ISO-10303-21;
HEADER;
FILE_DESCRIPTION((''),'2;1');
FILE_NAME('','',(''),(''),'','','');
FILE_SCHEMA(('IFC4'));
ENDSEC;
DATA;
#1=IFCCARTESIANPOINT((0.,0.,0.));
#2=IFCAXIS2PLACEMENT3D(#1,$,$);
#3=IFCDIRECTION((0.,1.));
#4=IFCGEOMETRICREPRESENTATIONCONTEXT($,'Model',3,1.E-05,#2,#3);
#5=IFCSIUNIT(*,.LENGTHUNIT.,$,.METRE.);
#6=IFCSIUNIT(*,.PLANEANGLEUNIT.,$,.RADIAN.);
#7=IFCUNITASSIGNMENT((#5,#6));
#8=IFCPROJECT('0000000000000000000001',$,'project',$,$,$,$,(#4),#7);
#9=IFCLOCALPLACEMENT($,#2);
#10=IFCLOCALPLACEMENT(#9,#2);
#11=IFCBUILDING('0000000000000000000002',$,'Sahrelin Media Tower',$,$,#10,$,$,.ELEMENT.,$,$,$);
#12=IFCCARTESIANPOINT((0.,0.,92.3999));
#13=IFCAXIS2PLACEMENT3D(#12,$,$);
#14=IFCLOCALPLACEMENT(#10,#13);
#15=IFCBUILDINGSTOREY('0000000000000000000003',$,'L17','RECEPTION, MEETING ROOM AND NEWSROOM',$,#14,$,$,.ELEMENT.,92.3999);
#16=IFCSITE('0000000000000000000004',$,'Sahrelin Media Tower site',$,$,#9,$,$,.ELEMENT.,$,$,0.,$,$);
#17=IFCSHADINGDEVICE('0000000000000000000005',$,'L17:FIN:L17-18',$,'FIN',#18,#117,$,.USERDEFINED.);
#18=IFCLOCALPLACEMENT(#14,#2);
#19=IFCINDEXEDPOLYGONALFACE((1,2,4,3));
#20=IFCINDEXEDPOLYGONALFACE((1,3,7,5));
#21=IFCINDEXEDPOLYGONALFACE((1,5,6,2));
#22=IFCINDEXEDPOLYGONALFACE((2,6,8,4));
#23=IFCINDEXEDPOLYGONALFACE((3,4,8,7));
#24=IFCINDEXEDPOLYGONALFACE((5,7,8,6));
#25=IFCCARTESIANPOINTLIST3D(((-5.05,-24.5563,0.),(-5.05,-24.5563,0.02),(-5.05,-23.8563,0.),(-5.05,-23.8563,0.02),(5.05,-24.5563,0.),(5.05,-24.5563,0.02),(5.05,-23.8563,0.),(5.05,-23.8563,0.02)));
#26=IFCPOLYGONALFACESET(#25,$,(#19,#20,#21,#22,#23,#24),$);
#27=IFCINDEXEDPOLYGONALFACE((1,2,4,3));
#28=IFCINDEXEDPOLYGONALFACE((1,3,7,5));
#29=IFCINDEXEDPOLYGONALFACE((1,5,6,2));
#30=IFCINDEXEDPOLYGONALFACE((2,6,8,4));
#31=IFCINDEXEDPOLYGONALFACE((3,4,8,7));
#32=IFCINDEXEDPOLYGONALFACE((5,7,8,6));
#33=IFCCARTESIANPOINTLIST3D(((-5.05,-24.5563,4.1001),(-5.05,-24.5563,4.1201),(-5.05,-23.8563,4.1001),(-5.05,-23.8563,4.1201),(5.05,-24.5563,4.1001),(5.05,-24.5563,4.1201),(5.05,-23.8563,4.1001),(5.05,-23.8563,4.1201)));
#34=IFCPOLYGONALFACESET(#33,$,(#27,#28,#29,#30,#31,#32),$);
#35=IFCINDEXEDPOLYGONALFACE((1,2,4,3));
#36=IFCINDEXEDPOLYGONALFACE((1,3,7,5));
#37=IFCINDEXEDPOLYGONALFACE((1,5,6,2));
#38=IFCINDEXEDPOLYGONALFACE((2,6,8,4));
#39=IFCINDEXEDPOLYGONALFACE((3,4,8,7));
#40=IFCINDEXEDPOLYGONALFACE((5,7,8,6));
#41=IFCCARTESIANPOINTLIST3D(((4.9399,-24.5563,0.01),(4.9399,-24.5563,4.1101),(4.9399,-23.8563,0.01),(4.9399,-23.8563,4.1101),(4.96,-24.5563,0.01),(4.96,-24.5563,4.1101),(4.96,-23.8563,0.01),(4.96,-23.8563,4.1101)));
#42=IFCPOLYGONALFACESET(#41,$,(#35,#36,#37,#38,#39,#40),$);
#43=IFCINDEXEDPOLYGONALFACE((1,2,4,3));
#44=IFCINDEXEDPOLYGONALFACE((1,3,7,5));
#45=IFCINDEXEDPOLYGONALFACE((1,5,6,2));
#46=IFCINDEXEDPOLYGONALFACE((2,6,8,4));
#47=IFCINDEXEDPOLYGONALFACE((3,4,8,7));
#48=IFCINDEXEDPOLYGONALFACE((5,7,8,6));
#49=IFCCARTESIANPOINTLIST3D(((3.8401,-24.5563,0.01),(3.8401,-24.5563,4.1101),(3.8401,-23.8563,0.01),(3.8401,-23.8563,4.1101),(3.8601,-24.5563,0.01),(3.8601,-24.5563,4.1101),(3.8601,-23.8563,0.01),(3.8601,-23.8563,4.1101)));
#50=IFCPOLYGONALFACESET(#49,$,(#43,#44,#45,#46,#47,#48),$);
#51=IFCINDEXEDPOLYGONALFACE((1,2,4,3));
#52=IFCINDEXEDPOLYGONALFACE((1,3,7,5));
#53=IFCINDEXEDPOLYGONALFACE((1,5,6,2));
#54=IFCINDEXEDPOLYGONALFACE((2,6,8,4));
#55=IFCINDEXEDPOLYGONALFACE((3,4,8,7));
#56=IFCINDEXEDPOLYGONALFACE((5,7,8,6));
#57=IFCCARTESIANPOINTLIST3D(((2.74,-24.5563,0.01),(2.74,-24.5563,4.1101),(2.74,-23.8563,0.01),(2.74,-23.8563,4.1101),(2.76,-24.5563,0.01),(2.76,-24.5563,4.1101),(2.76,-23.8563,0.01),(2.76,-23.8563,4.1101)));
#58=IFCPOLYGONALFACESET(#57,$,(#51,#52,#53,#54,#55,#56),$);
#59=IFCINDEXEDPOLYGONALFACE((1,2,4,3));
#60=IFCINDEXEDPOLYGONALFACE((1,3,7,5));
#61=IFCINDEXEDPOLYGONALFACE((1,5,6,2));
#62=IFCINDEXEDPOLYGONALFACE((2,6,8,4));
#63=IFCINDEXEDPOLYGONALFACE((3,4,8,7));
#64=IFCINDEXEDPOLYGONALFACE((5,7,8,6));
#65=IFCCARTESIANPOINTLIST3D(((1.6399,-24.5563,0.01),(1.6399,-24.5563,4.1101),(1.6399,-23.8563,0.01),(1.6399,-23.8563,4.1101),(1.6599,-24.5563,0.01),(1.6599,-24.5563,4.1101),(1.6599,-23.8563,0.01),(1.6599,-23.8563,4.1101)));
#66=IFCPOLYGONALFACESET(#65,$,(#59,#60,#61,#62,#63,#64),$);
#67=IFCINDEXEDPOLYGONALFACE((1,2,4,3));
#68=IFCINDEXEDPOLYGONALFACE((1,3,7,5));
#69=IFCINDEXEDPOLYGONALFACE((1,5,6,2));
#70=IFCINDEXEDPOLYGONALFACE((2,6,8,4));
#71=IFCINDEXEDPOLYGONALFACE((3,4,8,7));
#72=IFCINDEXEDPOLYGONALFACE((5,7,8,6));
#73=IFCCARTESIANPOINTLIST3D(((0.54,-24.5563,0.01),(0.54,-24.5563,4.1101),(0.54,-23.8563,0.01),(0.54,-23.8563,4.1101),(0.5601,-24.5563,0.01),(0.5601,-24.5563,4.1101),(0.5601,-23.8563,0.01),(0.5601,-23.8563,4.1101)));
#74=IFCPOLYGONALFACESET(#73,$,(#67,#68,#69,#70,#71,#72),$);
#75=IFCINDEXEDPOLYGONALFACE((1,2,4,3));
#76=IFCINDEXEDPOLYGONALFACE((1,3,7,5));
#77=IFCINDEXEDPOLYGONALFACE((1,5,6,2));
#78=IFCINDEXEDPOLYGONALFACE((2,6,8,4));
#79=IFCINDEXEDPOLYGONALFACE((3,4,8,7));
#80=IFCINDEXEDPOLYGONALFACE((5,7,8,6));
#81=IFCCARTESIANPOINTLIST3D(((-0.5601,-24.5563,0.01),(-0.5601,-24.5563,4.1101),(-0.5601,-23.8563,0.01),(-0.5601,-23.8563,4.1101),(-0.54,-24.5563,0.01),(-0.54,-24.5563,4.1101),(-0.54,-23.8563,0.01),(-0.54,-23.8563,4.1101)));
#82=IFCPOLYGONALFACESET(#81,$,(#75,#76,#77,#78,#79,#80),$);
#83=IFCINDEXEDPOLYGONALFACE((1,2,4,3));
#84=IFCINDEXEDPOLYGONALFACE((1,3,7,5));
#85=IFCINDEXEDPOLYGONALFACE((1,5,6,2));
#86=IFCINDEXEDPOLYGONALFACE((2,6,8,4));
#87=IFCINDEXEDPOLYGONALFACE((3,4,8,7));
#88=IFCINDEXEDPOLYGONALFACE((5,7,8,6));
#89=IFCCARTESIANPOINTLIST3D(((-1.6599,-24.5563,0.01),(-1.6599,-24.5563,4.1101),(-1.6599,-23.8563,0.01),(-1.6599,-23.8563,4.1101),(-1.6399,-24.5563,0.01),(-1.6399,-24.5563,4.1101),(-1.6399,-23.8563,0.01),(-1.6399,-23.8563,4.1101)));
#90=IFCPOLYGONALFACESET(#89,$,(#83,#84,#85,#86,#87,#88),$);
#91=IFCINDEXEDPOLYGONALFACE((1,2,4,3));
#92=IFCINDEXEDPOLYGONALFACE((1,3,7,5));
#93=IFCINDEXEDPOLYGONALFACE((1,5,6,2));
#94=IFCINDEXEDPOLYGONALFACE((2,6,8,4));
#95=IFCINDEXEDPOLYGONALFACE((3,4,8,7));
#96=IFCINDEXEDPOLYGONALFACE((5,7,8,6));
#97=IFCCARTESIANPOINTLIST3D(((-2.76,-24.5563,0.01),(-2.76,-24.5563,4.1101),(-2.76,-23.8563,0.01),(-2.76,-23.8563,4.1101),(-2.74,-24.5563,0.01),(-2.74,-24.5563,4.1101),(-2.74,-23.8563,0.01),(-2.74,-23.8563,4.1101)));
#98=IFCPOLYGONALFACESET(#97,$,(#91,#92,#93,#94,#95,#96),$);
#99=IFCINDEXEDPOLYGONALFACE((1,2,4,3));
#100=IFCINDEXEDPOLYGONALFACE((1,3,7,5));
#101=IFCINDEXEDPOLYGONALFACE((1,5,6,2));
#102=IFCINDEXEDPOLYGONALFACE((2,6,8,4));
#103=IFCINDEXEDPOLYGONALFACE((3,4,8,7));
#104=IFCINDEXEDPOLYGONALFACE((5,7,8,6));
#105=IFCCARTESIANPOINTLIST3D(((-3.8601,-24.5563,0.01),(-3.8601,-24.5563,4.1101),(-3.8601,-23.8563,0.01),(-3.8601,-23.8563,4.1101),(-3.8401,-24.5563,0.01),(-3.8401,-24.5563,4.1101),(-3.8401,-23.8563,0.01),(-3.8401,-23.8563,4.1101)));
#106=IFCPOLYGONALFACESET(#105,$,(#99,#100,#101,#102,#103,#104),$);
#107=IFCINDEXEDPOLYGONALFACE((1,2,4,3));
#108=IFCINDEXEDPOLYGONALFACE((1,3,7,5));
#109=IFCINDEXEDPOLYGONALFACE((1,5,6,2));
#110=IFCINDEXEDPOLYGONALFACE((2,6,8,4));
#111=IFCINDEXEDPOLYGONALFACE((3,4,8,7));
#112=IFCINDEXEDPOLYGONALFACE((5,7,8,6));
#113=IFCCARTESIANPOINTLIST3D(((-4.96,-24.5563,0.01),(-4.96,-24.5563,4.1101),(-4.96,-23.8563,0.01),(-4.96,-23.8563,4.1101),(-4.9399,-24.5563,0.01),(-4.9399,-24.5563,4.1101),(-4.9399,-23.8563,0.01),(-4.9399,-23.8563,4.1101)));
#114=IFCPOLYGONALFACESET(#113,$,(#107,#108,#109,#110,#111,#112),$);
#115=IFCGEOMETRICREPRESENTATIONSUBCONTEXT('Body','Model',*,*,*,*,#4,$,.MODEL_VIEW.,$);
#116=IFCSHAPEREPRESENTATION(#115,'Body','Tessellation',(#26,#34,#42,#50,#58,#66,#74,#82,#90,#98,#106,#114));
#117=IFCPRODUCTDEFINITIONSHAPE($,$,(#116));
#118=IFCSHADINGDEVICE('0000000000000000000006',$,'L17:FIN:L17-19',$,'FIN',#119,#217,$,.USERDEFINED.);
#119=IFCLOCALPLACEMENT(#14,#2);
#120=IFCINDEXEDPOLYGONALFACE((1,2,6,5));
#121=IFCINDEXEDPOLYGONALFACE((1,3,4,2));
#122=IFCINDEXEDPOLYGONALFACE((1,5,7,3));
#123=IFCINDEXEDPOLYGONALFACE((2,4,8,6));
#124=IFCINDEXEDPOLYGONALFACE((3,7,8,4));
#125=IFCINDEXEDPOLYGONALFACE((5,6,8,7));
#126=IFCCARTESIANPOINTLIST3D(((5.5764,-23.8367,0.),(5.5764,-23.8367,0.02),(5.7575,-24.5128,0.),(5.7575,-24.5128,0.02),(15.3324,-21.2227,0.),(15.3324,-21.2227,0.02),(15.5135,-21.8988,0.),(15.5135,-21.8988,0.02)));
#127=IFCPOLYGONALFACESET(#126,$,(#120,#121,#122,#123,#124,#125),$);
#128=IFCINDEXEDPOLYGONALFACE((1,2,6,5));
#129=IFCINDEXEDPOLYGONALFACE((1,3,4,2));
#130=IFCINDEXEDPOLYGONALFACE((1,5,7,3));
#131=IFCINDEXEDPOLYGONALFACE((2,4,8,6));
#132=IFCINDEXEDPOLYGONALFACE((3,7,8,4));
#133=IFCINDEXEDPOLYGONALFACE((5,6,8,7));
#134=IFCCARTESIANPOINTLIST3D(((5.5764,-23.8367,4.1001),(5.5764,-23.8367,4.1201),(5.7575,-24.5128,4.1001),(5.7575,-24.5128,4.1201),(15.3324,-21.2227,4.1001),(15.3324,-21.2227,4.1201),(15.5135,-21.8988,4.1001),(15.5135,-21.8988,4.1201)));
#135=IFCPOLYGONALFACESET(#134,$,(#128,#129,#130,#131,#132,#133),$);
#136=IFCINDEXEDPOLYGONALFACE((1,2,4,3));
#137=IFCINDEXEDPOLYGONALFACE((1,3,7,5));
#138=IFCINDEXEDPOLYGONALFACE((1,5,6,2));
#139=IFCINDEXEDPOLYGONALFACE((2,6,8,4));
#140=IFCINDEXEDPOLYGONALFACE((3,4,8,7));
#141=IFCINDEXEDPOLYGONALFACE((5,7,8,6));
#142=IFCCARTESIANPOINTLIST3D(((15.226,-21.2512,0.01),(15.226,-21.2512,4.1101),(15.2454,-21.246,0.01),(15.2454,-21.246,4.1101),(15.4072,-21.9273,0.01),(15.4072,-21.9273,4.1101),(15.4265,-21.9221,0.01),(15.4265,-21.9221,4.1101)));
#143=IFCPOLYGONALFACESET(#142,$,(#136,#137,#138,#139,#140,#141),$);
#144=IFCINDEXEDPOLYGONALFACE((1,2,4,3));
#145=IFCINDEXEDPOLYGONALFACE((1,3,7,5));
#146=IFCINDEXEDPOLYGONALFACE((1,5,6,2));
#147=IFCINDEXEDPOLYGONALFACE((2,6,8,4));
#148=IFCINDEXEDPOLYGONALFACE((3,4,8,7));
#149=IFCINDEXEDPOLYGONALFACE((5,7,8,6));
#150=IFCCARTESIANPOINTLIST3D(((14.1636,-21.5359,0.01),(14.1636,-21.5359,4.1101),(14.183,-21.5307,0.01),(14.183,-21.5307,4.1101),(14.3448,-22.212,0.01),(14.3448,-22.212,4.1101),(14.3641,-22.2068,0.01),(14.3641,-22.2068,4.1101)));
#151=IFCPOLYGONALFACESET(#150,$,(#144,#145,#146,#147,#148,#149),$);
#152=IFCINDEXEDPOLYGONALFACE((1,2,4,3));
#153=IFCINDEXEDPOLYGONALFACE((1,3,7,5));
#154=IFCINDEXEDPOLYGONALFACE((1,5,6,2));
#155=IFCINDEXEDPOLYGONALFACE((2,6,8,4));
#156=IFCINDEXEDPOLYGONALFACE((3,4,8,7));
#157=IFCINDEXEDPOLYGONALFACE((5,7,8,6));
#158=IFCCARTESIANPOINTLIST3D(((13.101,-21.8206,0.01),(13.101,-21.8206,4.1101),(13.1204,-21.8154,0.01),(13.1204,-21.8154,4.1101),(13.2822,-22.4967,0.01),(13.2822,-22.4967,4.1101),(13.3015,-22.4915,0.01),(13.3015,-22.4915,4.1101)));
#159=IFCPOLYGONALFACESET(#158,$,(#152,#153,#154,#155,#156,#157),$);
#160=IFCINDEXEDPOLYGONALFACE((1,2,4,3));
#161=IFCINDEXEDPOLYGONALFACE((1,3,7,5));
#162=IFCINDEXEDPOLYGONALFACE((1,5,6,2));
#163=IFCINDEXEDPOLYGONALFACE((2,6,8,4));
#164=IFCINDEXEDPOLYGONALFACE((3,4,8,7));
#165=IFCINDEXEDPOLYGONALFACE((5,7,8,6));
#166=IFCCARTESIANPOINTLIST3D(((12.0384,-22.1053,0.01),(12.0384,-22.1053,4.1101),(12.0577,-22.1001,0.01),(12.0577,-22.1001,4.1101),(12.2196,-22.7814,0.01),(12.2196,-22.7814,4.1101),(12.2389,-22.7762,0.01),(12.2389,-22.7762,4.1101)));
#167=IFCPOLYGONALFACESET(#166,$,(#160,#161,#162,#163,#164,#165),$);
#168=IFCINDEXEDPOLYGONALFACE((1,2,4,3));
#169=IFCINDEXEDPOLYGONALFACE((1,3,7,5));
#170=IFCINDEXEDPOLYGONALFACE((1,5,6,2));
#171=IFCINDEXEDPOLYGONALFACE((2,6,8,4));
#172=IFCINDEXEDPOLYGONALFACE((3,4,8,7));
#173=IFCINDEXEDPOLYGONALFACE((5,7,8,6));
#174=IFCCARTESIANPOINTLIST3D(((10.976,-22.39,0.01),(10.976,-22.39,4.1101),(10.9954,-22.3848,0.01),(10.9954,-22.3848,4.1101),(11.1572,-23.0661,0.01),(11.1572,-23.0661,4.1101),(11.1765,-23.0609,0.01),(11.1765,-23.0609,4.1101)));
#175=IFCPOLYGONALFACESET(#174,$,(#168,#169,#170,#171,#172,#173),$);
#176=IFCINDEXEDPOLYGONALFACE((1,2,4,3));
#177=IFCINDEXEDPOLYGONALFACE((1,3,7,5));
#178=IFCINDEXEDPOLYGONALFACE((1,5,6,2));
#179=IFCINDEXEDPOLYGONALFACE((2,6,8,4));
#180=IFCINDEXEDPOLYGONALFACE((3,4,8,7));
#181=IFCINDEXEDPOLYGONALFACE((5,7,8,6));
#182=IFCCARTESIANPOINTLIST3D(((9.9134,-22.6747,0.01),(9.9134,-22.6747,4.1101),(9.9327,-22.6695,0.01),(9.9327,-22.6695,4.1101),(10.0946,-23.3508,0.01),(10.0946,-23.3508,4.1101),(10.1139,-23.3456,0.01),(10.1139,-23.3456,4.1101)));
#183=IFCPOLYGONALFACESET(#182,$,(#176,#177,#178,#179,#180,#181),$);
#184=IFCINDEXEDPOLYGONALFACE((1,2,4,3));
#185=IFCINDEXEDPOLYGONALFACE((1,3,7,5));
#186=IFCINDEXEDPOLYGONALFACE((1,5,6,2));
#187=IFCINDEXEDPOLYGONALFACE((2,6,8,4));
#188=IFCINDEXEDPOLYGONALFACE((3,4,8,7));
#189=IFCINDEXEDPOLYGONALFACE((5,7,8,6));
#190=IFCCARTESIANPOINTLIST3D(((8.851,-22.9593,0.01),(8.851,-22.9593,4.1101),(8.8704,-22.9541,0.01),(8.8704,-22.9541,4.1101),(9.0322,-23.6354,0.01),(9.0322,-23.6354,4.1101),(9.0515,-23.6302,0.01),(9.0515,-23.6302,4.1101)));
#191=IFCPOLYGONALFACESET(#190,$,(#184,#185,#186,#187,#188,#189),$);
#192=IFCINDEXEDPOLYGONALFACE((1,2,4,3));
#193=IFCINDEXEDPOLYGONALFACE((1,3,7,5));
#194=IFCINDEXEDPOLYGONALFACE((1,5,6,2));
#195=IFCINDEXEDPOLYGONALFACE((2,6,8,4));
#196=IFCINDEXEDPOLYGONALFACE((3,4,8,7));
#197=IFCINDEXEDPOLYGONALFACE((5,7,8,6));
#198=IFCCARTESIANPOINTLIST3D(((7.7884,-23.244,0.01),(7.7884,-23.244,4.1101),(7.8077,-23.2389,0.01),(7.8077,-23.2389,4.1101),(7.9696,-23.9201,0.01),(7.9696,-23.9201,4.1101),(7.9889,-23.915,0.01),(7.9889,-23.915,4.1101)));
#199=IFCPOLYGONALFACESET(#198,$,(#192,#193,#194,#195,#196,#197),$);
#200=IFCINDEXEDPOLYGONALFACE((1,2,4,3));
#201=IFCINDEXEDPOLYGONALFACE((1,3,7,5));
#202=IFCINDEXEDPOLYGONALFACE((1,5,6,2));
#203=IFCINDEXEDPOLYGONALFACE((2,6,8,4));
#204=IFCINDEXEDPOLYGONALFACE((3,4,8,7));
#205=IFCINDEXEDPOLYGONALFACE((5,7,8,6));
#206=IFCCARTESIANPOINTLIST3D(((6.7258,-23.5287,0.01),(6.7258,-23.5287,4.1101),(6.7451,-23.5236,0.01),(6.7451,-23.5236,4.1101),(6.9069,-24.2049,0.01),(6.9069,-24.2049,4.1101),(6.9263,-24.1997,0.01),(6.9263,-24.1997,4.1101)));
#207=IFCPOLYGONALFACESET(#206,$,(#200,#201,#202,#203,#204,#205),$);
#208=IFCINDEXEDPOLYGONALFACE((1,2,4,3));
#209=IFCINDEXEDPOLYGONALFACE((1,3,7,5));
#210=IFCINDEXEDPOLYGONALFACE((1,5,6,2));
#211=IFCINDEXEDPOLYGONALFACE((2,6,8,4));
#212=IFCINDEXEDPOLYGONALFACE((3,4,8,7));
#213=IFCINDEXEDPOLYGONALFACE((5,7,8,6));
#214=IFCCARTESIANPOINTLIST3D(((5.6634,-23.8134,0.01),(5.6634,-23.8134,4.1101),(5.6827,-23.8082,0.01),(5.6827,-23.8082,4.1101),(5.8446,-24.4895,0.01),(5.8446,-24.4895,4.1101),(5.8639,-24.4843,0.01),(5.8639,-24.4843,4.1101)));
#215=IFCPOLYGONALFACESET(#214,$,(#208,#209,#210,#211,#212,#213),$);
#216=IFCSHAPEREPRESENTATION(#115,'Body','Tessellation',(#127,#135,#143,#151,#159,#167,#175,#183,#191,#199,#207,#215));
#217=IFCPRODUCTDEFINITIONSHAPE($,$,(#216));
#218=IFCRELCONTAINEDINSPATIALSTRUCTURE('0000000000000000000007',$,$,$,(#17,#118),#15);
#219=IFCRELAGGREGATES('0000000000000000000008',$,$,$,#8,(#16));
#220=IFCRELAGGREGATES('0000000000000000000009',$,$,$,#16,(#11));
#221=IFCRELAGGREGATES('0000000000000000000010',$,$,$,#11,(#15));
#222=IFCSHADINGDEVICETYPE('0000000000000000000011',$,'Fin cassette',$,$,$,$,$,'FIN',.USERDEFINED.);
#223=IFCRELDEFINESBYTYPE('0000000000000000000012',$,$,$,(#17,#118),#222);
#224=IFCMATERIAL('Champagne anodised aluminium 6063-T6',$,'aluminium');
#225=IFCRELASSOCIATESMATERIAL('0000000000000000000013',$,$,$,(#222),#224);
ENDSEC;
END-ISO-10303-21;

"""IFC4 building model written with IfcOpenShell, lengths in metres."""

from ifc_helpers import new_model, si_unit, direction, frame, origin, origin_2d, place, context, subcontext, project, spatial, rectangle, extrude, material, type_object, element, save


model = new_model("IFC4")

# Units and contexts
model_context = context("Model", 3, precision=1e-05, world=origin(), true_north=direction((0.0, 1.0)))
body_context = subcontext(model_context, "Body", "Model", "MODEL_VIEW")
ifc_project = project(units=[si_unit("LENGTHUNIT", "METRE"), si_unit("PLANEANGLEUNIT", "RADIAN")], contexts=[model_context])

# Site, building, storey
site_placement = place(None, origin())
site = spatial("IfcSite", under=ifc_project, at=site_placement, Name="Sahrelin Media Tower site", CompositionType="ELEMENT", RefElevation=0.0)
building_placement = place(site_placement, origin())
building = spatial("IfcBuilding", under=site, at=building_placement, Name="Sahrelin Media Tower", CompositionType="ELEMENT")
storey_placement = place(building_placement, frame((0.0, 0.0, 92.3999)))
storey = spatial("IfcBuildingStorey", under=building, at=storey_placement, Name="L17", Description="RECEPTION, MEETING ROOM AND NEWSROOM", CompositionType="ELEMENT", Elevation=92.3999)

# Shared definitions
ifc_material_1 = material(Name="Champagne anodised aluminium 6063-T6", Category="aluminium")

# Shading devices
shading_device_type_1 = type_object("IfcShadingDeviceType", Name="Fin cassette", ElementType="FIN", PredefinedType="USERDEFINED", material=ifc_material_1)
placement_1 = place(storey_placement, frame((0.0, -23.7864, 0.0), z_axis=(0.0, 0.0, 1.0), x_axis=(-1.0, 0.0, 0.0)))
element("IfcShadingDevice", 1, at=placement_1, inside=storey, type_object=shading_device_type_1, Name="L17:FIN:L17-18", ObjectType="FIN", PredefinedType="USERDEFINED", context=body_context, shape_type="SweptSolid", body=[
    extrude(rectangle(XDim=10.1001, YDim=0.7, at=origin_2d()), frame((0.0, 0.4199, 0.0)), (0.0, 0.0, 1.0), 0.02),
    extrude(rectangle(XDim=10.1001, YDim=0.7, at=origin_2d()), frame((0.0, 0.4199, 4.1001)), (0.0, 0.0, 1.0), 0.02),
    extrude(rectangle(XDim=0.02, YDim=0.7, at=origin_2d()), frame((-4.95, 0.4199, 0.01), z_axis=(0.0, 0.0, 1.0), x_axis=(1.0, 0.0, 0.0)), (0.0, 0.0, 1.0), 4.1001),
    extrude(rectangle(XDim=0.02, YDim=0.7, at=origin_2d()), frame((-3.8501, 0.4199, 0.01), z_axis=(0.0, 0.0, 1.0), x_axis=(1.0, 0.0, 0.0)), (0.0, 0.0, 1.0), 4.1001),
    extrude(rectangle(XDim=0.02, YDim=0.7, at=origin_2d()), frame((-2.75, 0.4199, 0.01), z_axis=(0.0, 0.0, 1.0), x_axis=(1.0, 0.0, 0.0)), (0.0, 0.0, 1.0), 4.1001),
    extrude(rectangle(XDim=0.02, YDim=0.7, at=origin_2d()), frame((-1.6499, 0.4199, 0.01), z_axis=(0.0, 0.0, 1.0), x_axis=(1.0, 0.0, 0.0)), (0.0, 0.0, 1.0), 4.1001),
    extrude(rectangle(XDim=0.02, YDim=0.7, at=origin_2d()), frame((-0.55, 0.4199, 0.01), z_axis=(0.0, 0.0, 1.0), x_axis=(1.0, 0.0, 0.0)), (0.0, 0.0, 1.0), 4.1001),
    extrude(rectangle(XDim=0.02, YDim=0.7, at=origin_2d()), frame((0.55, 0.4199, 0.01), z_axis=(0.0, 0.0, 1.0), x_axis=(1.0, 0.0, 0.0)), (0.0, 0.0, 1.0), 4.1001),
    extrude(rectangle(XDim=0.02, YDim=0.7, at=origin_2d()), frame((1.6499, 0.4199, 0.01), z_axis=(0.0, 0.0, 1.0), x_axis=(1.0, 0.0, 0.0)), (0.0, 0.0, 1.0), 4.1001),
    extrude(rectangle(XDim=0.02, YDim=0.7, at=origin_2d()), frame((2.75, 0.4199, 0.01), z_axis=(0.0, 0.0, 1.0), x_axis=(1.0, 0.0, 0.0)), (0.0, 0.0, 1.0), 4.1001),
    extrude(rectangle(XDim=0.02, YDim=0.7, at=origin_2d()), frame((3.8501, 0.4199, 0.01), z_axis=(0.0, 0.0, 1.0), x_axis=(1.0, 0.0, 0.0)), (0.0, 0.0, 1.0), 4.1001),
    extrude(rectangle(XDim=0.02, YDim=0.7, at=origin_2d()), frame((4.95, 0.4199, 0.01), z_axis=(0.0, 0.0, 1.0), x_axis=(1.0, 0.0, 0.0)), (0.0, 0.0, 1.0), 4.1001),
])
placement_2 = place(storey_placement, frame((10.4363, -22.4622, 0.0), z_axis=(0.0, 0.0, 1.0), x_axis=(-0.965929, -0.258808, 0.0)))
element("IfcShadingDevice", 2, at=placement_2, inside=storey, type_object=shading_device_type_1, Name="L17:FIN:L17-19", ObjectType="FIN", PredefinedType="USERDEFINED", context=body_context, shape_type="SweptSolid", body=[
    extrude(rectangle(XDim=10.1001, YDim=0.7, at=origin_2d()), frame((0.0, 0.4199, 0.0)), (0.0, 0.0, 1.0), 0.02),
    extrude(rectangle(XDim=10.1001, YDim=0.7, at=origin_2d()), frame((0.0, 0.4199, 4.1001)), (0.0, 0.0, 1.0), 0.02),
    extrude(rectangle(XDim=0.02, YDim=0.7, at=origin_2d()), frame((-4.95, 0.4199, 0.01), z_axis=(0.0, 0.0, 1.0), x_axis=(1.0, 0.0, 0.0)), (0.0, 0.0, 1.0), 4.1001),
    extrude(rectangle(XDim=0.02, YDim=0.7, at=origin_2d()), frame((-3.8501, 0.4199, 0.01), z_axis=(0.0, 0.0, 1.0), x_axis=(1.0, 0.0, 0.0)), (0.0, 0.0, 1.0), 4.1001),
    extrude(rectangle(XDim=0.02, YDim=0.7, at=origin_2d()), frame((-2.75, 0.4199, 0.01), z_axis=(0.0, 0.0, 1.0), x_axis=(1.0, 0.0, 0.0)), (0.0, 0.0, 1.0), 4.1001),
    extrude(rectangle(XDim=0.02, YDim=0.7, at=origin_2d()), frame((-1.6499, 0.4199, 0.01), z_axis=(0.0, 0.0, 1.0), x_axis=(1.0, 0.0, 0.0)), (0.0, 0.0, 1.0), 4.1001),
    extrude(rectangle(XDim=0.02, YDim=0.7, at=origin_2d()), frame((-0.55, 0.4199, 0.01), z_axis=(0.0, 0.0, 1.0), x_axis=(1.0, 0.0, 0.0)), (0.0, 0.0, 1.0), 4.1001),
    extrude(rectangle(XDim=0.02, YDim=0.7, at=origin_2d()), frame((0.55, 0.4199, 0.01), z_axis=(0.0, 0.0, 1.0), x_axis=(1.0, 0.0, 0.0)), (0.0, 0.0, 1.0), 4.1001),
    extrude(rectangle(XDim=0.02, YDim=0.7, at=origin_2d()), frame((1.6499, 0.4199, 0.01), z_axis=(0.0, 0.0, 1.0), x_axis=(1.0, 0.0, 0.0)), (0.0, 0.0, 1.0), 4.1001),
    extrude(rectangle(XDim=0.02, YDim=0.7, at=origin_2d()), frame((2.75, 0.4199, 0.01), z_axis=(0.0, 0.0, 1.0), x_axis=(1.0, 0.0, 0.0)), (0.0, 0.0, 1.0), 4.1001),
    extrude(rectangle(XDim=0.02, YDim=0.7, at=origin_2d()), frame((3.8501, 0.4199, 0.01), z_axis=(0.0, 0.0, 1.0), x_axis=(1.0, 0.0, 0.0)), (0.0, 0.0, 1.0), 4.1001),
    extrude(rectangle(XDim=0.02, YDim=0.7, at=origin_2d()), frame((4.95, 0.4199, 0.01), z_axis=(0.0, 0.0, 1.0), x_axis=(1.0, 0.0, 0.0)), (0.0, 0.0, 1.0), 4.1001),
])

save(model, "model.ifc")
